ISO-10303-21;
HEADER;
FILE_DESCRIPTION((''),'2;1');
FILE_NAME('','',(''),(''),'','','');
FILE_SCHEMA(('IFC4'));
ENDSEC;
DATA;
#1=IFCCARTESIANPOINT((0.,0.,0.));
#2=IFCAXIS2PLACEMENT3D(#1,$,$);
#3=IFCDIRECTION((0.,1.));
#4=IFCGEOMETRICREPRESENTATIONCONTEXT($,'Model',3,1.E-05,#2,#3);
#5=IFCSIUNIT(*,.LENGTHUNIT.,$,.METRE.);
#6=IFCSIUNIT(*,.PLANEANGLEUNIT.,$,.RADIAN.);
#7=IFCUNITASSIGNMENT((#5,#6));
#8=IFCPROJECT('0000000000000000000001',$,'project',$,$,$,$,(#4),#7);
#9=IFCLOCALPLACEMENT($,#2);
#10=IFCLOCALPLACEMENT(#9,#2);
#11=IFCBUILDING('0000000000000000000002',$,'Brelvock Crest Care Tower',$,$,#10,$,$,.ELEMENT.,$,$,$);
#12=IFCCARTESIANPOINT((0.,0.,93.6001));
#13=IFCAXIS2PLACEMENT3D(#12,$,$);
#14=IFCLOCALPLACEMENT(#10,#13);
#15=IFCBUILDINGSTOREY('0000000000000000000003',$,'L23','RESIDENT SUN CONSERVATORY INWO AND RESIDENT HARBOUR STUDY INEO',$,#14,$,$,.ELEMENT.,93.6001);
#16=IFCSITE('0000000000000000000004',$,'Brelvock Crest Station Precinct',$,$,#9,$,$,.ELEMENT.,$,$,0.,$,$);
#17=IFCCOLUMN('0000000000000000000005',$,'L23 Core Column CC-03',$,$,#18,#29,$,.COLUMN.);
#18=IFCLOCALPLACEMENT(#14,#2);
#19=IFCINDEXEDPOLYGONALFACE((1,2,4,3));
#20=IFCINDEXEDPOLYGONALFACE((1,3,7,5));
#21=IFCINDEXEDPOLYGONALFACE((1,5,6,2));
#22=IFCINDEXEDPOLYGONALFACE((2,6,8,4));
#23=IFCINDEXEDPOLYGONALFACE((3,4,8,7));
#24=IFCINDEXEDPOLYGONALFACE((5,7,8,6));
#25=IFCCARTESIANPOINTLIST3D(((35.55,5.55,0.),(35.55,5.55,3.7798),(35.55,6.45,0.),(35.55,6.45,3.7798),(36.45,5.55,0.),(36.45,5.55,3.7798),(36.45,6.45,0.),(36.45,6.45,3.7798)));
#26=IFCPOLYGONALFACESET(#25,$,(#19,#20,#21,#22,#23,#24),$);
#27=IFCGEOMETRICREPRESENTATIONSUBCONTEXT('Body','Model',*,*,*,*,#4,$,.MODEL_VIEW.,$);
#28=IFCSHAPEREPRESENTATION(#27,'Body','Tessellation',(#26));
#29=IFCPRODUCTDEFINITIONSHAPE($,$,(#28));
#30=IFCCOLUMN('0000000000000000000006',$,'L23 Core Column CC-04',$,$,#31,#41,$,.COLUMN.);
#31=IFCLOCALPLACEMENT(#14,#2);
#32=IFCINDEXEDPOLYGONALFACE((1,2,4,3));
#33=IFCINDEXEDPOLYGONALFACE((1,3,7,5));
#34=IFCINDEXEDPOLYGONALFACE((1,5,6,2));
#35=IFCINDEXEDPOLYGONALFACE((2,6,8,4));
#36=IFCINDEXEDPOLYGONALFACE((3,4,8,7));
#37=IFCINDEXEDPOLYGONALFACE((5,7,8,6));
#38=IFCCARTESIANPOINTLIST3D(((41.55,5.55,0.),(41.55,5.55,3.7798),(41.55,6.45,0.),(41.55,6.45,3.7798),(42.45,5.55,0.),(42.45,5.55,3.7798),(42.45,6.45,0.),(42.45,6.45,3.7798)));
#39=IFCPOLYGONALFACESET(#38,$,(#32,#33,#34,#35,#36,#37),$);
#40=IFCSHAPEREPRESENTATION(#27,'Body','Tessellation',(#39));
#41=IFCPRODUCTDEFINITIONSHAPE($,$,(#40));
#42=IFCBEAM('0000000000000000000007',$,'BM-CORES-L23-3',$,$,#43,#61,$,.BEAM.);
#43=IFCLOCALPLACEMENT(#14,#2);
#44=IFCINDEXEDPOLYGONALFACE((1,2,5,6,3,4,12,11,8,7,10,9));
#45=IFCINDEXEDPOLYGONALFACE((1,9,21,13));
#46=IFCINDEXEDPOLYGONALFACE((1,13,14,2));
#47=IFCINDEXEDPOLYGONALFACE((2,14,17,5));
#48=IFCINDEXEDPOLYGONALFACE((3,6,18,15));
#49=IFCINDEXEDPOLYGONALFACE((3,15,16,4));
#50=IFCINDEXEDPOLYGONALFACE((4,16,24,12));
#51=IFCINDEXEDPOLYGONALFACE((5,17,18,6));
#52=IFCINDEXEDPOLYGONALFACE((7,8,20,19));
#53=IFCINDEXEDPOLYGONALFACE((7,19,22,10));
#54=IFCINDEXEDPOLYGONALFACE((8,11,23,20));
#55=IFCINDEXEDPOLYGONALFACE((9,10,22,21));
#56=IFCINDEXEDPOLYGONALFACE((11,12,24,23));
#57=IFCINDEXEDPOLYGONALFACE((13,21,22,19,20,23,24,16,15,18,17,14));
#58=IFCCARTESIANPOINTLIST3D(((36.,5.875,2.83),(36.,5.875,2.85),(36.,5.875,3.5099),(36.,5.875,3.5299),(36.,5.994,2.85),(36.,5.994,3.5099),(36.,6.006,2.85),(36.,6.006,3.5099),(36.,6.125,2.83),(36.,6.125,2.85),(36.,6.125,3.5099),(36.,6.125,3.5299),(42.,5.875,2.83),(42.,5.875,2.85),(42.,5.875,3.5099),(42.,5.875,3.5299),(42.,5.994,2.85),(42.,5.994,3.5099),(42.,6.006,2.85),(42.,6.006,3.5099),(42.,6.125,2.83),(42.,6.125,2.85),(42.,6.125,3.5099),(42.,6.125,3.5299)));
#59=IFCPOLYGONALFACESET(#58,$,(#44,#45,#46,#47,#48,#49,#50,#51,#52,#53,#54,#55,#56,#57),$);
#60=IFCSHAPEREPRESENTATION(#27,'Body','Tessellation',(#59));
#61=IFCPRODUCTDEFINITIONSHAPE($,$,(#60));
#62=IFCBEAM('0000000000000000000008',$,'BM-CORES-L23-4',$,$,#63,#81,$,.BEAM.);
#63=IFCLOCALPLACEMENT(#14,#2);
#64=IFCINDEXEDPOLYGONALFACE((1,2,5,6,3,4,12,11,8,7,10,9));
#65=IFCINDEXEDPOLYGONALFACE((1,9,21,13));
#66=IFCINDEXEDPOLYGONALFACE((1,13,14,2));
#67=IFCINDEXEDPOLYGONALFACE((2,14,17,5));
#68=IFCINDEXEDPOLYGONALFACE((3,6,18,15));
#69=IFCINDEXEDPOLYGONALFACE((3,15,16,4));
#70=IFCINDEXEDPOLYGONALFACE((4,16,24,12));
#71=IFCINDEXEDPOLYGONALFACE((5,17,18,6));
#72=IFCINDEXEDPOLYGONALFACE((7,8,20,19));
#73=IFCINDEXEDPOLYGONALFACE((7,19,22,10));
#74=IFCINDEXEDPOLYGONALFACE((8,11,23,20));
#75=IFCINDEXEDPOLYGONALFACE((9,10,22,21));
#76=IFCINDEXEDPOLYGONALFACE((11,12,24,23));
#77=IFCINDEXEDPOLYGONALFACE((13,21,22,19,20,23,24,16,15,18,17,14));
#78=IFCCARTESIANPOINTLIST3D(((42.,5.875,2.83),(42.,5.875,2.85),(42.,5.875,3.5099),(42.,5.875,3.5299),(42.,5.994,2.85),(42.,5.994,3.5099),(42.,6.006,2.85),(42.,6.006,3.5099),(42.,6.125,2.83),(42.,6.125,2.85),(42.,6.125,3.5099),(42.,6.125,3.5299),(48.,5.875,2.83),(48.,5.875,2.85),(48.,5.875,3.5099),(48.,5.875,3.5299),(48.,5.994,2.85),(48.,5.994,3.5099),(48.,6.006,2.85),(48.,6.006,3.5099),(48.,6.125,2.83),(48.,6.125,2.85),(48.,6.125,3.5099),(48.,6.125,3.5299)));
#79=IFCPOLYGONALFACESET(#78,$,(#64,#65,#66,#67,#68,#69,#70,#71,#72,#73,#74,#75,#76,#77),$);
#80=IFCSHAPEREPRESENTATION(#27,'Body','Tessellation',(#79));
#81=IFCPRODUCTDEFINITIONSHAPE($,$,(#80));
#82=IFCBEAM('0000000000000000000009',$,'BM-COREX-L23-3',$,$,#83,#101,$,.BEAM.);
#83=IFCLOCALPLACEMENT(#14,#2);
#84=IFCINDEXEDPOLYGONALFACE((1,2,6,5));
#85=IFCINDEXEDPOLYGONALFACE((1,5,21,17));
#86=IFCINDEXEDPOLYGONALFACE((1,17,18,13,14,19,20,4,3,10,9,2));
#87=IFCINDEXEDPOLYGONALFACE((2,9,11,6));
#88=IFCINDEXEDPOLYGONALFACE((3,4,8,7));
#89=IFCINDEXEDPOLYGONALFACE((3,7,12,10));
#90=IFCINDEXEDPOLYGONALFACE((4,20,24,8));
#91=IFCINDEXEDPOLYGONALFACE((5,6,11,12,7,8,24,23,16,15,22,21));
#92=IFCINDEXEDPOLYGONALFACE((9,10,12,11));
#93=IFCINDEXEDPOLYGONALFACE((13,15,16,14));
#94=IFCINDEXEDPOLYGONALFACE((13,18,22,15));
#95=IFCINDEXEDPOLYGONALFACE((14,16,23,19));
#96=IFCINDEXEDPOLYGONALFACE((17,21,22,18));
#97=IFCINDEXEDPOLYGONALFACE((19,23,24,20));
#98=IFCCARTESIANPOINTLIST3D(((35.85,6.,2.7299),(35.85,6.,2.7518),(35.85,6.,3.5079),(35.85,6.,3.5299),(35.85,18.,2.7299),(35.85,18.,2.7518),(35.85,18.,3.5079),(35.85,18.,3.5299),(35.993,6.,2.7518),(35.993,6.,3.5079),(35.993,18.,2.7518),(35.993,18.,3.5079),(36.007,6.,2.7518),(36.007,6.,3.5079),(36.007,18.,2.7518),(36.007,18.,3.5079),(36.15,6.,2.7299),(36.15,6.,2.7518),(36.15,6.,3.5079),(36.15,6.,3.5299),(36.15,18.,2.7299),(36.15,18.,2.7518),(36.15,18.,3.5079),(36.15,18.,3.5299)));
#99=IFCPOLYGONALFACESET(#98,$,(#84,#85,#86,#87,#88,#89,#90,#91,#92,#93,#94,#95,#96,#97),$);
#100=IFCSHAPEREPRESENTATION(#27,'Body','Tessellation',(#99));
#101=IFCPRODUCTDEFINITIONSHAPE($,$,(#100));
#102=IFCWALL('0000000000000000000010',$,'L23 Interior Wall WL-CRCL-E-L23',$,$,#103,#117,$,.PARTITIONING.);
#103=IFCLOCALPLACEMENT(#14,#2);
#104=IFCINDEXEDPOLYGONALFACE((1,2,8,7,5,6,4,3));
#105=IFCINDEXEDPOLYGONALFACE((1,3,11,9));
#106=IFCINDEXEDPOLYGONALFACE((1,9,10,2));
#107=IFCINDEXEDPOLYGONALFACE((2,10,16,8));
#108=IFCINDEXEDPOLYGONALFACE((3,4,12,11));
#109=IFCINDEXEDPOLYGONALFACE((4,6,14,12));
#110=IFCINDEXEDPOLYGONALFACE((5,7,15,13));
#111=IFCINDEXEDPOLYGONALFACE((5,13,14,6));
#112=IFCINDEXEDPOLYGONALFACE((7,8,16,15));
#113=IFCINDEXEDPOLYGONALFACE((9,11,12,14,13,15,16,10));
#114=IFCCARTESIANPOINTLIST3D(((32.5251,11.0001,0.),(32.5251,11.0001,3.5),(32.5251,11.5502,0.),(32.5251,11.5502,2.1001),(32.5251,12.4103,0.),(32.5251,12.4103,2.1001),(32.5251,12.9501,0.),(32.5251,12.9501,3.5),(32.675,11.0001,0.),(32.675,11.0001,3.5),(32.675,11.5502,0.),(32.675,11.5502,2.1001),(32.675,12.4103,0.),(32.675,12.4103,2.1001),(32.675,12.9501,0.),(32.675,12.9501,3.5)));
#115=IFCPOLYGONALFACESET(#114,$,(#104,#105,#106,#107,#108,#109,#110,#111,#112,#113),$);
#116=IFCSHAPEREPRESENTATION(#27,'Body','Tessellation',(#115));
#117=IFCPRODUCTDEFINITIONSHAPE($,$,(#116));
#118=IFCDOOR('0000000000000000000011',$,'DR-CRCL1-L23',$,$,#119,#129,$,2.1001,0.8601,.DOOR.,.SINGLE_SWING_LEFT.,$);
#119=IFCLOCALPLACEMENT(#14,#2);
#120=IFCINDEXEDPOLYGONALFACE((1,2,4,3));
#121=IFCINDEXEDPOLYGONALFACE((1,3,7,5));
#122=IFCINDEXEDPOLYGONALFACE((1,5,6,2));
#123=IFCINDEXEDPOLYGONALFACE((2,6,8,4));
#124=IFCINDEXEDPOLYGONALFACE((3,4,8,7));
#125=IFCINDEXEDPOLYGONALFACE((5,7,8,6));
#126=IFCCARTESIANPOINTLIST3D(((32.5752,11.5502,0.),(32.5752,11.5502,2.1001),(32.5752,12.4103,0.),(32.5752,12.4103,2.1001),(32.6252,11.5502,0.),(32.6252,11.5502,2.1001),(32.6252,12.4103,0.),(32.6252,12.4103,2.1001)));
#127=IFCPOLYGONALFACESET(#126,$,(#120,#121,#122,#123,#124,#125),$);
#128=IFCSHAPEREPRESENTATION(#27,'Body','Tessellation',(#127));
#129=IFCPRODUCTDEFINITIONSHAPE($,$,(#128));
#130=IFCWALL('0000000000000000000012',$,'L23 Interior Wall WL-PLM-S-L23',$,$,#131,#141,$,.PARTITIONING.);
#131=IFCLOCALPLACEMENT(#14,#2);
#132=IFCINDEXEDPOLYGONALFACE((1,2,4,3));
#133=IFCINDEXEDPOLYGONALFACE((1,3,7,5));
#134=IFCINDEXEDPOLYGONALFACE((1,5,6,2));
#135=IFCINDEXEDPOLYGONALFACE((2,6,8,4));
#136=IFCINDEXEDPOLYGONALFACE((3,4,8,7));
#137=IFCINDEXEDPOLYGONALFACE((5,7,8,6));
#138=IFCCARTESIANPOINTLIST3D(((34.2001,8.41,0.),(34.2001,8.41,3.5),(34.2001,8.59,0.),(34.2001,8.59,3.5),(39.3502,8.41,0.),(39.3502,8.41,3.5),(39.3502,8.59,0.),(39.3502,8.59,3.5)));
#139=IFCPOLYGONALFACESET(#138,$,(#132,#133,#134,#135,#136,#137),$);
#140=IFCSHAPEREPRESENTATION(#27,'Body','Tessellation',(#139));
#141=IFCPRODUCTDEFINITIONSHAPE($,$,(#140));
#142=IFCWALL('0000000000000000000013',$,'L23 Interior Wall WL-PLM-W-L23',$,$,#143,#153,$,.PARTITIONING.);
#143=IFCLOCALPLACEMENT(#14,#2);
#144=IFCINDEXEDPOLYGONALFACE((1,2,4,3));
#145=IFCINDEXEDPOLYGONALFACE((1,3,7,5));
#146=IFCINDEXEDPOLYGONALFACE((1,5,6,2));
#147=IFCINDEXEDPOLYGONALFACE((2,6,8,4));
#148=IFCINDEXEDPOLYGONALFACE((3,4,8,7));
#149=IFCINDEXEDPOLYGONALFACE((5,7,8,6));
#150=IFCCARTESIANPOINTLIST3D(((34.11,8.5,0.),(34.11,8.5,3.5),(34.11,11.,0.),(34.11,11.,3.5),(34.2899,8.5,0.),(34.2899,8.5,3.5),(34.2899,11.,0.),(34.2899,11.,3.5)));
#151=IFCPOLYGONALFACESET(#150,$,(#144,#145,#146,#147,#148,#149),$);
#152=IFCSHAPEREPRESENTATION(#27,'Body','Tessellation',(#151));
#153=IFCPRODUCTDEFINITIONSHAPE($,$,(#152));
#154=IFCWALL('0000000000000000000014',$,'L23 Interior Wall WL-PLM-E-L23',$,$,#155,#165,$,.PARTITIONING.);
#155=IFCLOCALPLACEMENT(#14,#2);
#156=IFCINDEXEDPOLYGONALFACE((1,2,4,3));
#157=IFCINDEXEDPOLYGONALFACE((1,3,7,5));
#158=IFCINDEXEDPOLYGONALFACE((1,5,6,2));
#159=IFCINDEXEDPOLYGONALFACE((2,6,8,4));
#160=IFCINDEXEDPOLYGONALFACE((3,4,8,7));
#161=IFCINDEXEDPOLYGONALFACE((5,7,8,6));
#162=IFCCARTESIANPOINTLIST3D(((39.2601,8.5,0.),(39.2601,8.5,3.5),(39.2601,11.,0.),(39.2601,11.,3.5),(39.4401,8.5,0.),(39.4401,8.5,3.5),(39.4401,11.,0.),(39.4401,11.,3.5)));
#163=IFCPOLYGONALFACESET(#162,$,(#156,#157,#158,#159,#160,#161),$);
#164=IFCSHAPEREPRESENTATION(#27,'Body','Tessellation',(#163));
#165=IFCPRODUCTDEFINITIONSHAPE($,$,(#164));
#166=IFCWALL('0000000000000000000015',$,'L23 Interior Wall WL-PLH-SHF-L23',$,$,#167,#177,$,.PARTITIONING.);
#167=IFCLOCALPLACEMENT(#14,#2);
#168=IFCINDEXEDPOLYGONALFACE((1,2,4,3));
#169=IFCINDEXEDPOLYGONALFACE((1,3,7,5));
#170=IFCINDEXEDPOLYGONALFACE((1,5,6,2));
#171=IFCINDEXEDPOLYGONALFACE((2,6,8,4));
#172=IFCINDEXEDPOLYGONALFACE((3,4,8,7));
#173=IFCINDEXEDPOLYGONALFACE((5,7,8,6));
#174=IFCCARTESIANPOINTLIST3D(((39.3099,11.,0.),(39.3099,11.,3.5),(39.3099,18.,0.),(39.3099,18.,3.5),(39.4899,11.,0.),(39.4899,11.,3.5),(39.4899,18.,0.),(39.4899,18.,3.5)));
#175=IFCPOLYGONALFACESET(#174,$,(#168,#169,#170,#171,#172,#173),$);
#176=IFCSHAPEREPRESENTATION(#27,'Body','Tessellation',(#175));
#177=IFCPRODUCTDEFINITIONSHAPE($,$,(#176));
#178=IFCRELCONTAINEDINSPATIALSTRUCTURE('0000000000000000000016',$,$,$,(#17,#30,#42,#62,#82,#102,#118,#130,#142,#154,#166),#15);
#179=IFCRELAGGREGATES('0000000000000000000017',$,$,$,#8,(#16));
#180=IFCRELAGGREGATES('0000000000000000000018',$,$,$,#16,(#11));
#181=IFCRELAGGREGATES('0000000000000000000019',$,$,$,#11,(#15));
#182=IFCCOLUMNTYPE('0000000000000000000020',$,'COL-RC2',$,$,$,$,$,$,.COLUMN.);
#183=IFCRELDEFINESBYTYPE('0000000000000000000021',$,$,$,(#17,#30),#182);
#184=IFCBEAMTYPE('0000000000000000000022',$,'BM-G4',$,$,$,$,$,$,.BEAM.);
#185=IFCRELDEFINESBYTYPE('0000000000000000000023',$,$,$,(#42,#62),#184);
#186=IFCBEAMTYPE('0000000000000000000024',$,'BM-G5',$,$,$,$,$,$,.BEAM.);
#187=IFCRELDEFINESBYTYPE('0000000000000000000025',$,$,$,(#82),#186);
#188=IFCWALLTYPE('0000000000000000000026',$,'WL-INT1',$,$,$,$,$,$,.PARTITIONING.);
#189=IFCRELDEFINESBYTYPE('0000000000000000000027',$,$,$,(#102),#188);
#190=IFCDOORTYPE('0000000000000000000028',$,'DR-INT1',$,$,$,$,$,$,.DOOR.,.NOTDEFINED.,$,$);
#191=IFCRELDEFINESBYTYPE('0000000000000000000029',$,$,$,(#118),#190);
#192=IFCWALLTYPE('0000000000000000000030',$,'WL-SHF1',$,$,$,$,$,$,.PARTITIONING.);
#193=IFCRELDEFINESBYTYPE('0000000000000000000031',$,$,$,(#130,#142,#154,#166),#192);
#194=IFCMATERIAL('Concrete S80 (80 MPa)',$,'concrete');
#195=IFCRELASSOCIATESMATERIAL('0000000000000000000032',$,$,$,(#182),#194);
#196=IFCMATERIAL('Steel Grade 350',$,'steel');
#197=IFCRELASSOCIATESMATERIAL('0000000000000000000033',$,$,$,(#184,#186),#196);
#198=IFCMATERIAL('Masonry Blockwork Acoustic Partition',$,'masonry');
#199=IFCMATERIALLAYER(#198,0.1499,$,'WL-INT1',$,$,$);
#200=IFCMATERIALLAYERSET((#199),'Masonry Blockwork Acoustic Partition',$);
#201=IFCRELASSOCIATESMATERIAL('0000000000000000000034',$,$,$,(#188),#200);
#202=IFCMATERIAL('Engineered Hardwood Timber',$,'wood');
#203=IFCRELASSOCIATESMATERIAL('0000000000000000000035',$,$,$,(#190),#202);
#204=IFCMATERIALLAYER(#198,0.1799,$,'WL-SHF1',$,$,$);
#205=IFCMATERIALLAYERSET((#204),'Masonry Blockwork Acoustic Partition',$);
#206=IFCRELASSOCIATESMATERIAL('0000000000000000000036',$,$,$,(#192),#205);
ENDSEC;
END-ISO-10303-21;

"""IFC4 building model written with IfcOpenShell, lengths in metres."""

from ifc_helpers import new_model, si_unit, direction, frame, frame_2d, origin, origin_2d, place, context, subcontext, project, spatial, rectangle, i_section, extrude, source, transform, mapped, material, layer, layer_set, material_profile, profile_set, type_object, element, fill, save


model = new_model("IFC4")

# Units and contexts
model_context = context("Model", 3, precision=1e-05, world=origin(), true_north=direction((0.0, 1.0)))
body_context = subcontext(model_context, "Body", "Model", "MODEL_VIEW")
ifc_project = project(units=[si_unit("LENGTHUNIT", "METRE"), si_unit("PLANEANGLEUNIT", "RADIAN")], contexts=[model_context])

# Site, building, storey
site_placement = place(None, origin())
site = spatial("IfcSite", under=ifc_project, at=site_placement, Name="Brelvock Crest Station Precinct", CompositionType="ELEMENT", RefElevation=0.0)
building_placement = place(site_placement, origin())
building = spatial("IfcBuilding", under=site, at=building_placement, Name="Brelvock Crest Care Tower", CompositionType="ELEMENT")
storey_placement = place(building_placement, frame((0.0, 0.0, 93.6001)))
storey = spatial("IfcBuildingStorey", under=building, at=storey_placement, Name="L23", Description="RESIDENT SUN CONSERVATORY INWO AND RESIDENT HARBOUR STUDY INEO", CompositionType="ELEMENT", Elevation=93.6001)

# Columns
ifc_material_1 = material(Name="Concrete S80 (80 MPa)", Category="concrete")
ifc_material_profile_1 = material_profile(ifc_material_1, rectangle(XDim=0.8999, YDim=0.8999, at=origin_2d()), Name="RC900x900")
ifc_profile_set_1 = profile_set([ifc_material_profile_1], Name="Concrete S80 (80 MPa)")
column_type = type_object("IfcColumnType", Name="COL-RC2", PredefinedType="COLUMN", material=ifc_profile_set_1)
shared_shape_1 = source(origin(), body_context, "Body", "SweptSolid", [
    extrude(rectangle(XDim=0.8999, YDim=0.8999, at=origin_2d()), origin(), (0.0, 0.0, 1.0), 3.7798),
])
for number, where, z_axis, x_axis, name in (
    (1, (36.0, 6.0, 0.0), (0.0, 0.0, 1.0), (1.0, 0.0, 0.0), "L23 Core Column CC-03"),
    (2, (42.0, 6.0, 0.0), (0.0, 0.0, 1.0), (1.0, 0.0, 0.0), "L23 Core Column CC-04"),
):
    element("IfcColumn", number, at=place(storey_placement, frame(where, z_axis=z_axis, x_axis=x_axis)), inside=storey, type_object=column_type, Name=name, PredefinedType="COLUMN", context=body_context, shape_type="MappedRepresentation", body=[
        mapped(shared_shape_1, transform((0.0, 0.0, 0.0), x_axis=(1.0, 0.0, 0.0), y_axis=(0.0, 1.0, 0.0), z_axis=(0.0, 0.0, 1.0), scale=1.0)),
    ])

# Beams
ifc_material_2 = material(Name="Steel Grade 350", Category="steel")
ifc_material_profile_2 = material_profile(ifc_material_2, i_section(OverallWidth=0.25, OverallDepth=0.7, WebThickness=0.012, FlangeThickness=0.02, at=origin_2d()), Name="700WB150")
ifc_profile_set_2 = profile_set([ifc_material_profile_2], Name="Steel Grade 350")
beam_type_1 = type_object("IfcBeamType", Name="BM-G4", PredefinedType="BEAM", material=ifc_profile_set_2)
shared_shape_2 = source(origin(), body_context, "Body", "SweptSolid", [
    extrude(i_section(OverallWidth=0.25, OverallDepth=0.7, WebThickness=0.012, FlangeThickness=0.02, at=origin_2d()), origin(), (0.0, 0.0, 1.0), 6.0),
])
for number, where, z_axis, x_axis, name in (
    (3, (36.0, 6.0, 3.1799), (1.0, 0.0, 0.0), (0.0, 1.0, 0.0), "BM-CORES-L23-3"),
    (4, (42.0, 6.0, 3.1799), (1.0, 0.0, 0.0), (0.0, 1.0, 0.0), "BM-CORES-L23-4"),
):
    element("IfcBeam", number, at=place(storey_placement, frame(where, z_axis=z_axis, x_axis=x_axis)), inside=storey, type_object=beam_type_1, Name=name, PredefinedType="BEAM", context=body_context, shape_type="MappedRepresentation", body=[
        mapped(shared_shape_2, transform((0.0, 0.0, 0.0), x_axis=(1.0, 0.0, 0.0), y_axis=(0.0, 1.0, 0.0), z_axis=(0.0, 0.0, 1.0), scale=1.0)),
    ])
ifc_material_profile_3 = material_profile(ifc_material_2, i_section(OverallWidth=0.3, OverallDepth=0.8, WebThickness=0.0139, FlangeThickness=0.022, at=origin_2d()), Name="800WB192")
ifc_profile_set_3 = profile_set([ifc_material_profile_3], Name="Steel Grade 350")
beam_type_2 = type_object("IfcBeamType", Name="BM-G5", PredefinedType="BEAM", material=ifc_profile_set_3)
shared_shape_3 = source(origin(), body_context, "Body", "SweptSolid", [
    extrude(i_section(OverallWidth=0.3, OverallDepth=0.8, WebThickness=0.0139, FlangeThickness=0.022, at=origin_2d()), origin(), (0.0, 0.0, 1.0), 12.0),
])
beam_placement = place(storey_placement, frame((36.0, 6.0, 3.1299), z_axis=(0.0, 1.0, 0.0), x_axis=(-1.0, 0.0, 0.0)))
element("IfcBeam", 5, at=beam_placement, inside=storey, type_object=beam_type_2, Name="BM-COREX-L23-3", PredefinedType="BEAM", context=body_context, shape_type="MappedRepresentation", body=[
    mapped(shared_shape_3, transform((0.0, 0.0, 0.0), x_axis=(1.0, 0.0, 0.0), y_axis=(0.0, 1.0, 0.0), z_axis=(0.0, 0.0, 1.0), scale=1.0)),
])

# Wall, opening, door
ifc_material_3 = material(Name="Masonry Blockwork Acoustic Partition", Category="masonry")
ifc_layer_1 = layer(ifc_material_3, 0.1499, Name="WL-INT1")
ifc_layer_set_1 = layer_set([ifc_layer_1], Name="Masonry Blockwork Acoustic Partition")
wall_type_1 = type_object("IfcWallType", Name="WL-INT1", PredefinedType="PARTITIONING", material=ifc_layer_set_1)
wall_1_placement = place(storey_placement, frame((32.6001, 11.0, 0.0), z_axis=(0.0, 0.0, 1.0), x_axis=(0.0, 1.0, 0.0)))
wall_1 = element("IfcWall", 6, at=wall_1_placement, inside=storey, type_object=wall_type_1, Name="L23 Interior Wall WL-CRCL-E-L23", PredefinedType="PARTITIONING", context=body_context, shape_type="SweptSolid", body=[
    extrude(rectangle(XDim=1.95, YDim=0.1499, at=frame_2d((0.9751, 0.0))), origin(), (0.0, 0.0, 1.0), 3.5),
])
opening_1_placement = place(wall_1_placement, frame((0.55, 0.0, 0.0)))
opening_1 = element("IfcOpeningElement", 7, at=opening_1_placement, cuts=wall_1, PredefinedType="OPENING", context=body_context, shape_type="SweptSolid", body=[
    extrude(rectangle(XDim=0.8601, YDim=2.1001, at=origin_2d()), frame((0.4302, 0.085, 1.05), z_axis=(0.0, -1.0, 0.0), x_axis=(1.0, 0.0, 0.0)), (0.0, 0.0, 1.0), 0.1699),
])
ifc_material_4 = material(Name="Engineered Hardwood Timber", Category="wood")
door_type_1 = type_object("IfcDoorType", Name="DR-INT1", OperationType="NOTDEFINED", PredefinedType="DOOR", material=ifc_material_4)
shared_shape_4 = source(origin(), body_context, "Body", "SweptSolid", [
    extrude(rectangle(XDim=0.8601, YDim=2.1001, at=origin_2d()), frame((0.4302, 0.0249, 1.05), z_axis=(0.0, -1.0, 0.0), x_axis=(1.0, 0.0, 0.0)), (0.0, 0.0, 1.0), 0.05),
])
door_1_placement = place(opening_1_placement, origin())
door_1 = element("IfcDoor", 8, at=door_1_placement, inside=storey, type_object=door_type_1, Name="DR-CRCL1-L23", OperationType="SINGLE_SWING_LEFT", OverallHeight=2.1001, OverallWidth=0.8601, PredefinedType="DOOR", context=body_context, shape_type="MappedRepresentation", body=[
    mapped(shared_shape_4, transform((0.0, 0.0, 0.0), x_axis=(1.0, 0.0, 0.0), y_axis=(0.0, 1.0, 0.0), z_axis=(0.0, 0.0, 1.0), scale=1.0)),
])
fill(opening_1, door_1)

# Walls
ifc_layer_2 = layer(ifc_material_3, 0.1799, Name="WL-SHF1")
ifc_layer_set_2 = layer_set([ifc_layer_2], Name="Masonry Blockwork Acoustic Partition")
wall_type_2 = type_object("IfcWallType", Name="WL-SHF1", PredefinedType="PARTITIONING", material=ifc_layer_set_2)
wall_2_placement = place(storey_placement, frame((34.2, 8.5, 0.0), z_axis=(0.0, 0.0, 1.0), x_axis=(1.0, 0.0, 0.0)))
element("IfcWall", 9, at=wall_2_placement, inside=storey, type_object=wall_type_2, Name="L23 Interior Wall WL-PLM-S-L23", PredefinedType="PARTITIONING", context=body_context, shape_type="SweptSolid", body=[
    extrude(rectangle(XDim=5.1501, YDim=0.1799, at=frame_2d((2.5752, 0.0))), origin(), (0.0, 0.0, 1.0), 3.5),
])
for number, where, z_axis, x_axis, name in (
    (10, (34.2, 8.5, 0.0), (0.0, 0.0, 1.0), (0.0, 1.0, 0.0), "L23 Interior Wall WL-PLM-W-L23"),
    (11, (39.3501, 8.5, 0.0), (0.0, 0.0, 1.0), (0.0, 1.0, 0.0), "L23 Interior Wall WL-PLM-E-L23"),
):
    element("IfcWall", number, at=place(storey_placement, frame(where, z_axis=z_axis, x_axis=x_axis)), inside=storey, type_object=wall_type_2, Name=name, PredefinedType="PARTITIONING", context=body_context, shape_type="SweptSolid", body=[
        extrude(rectangle(XDim=2.5, YDim=0.1799, at=frame_2d((1.25, 0.0))), origin(), (0.0, 0.0, 1.0), 3.5),
    ])
wall_3_placement = place(storey_placement, frame((39.3999, 11.0, 0.0), z_axis=(0.0, 0.0, 1.0), x_axis=(0.0, 1.0, 0.0)))
element("IfcWall", 12, at=wall_3_placement, inside=storey, type_object=wall_type_2, Name="L23 Interior Wall WL-PLH-SHF-L23", PredefinedType="PARTITIONING", context=body_context, shape_type="SweptSolid", body=[
    extrude(rectangle(XDim=7.0, YDim=0.1799, at=frame_2d((3.5, 0.0))), origin(), (0.0, 0.0, 1.0), 3.5),
])

save(model, "model.ifc")
